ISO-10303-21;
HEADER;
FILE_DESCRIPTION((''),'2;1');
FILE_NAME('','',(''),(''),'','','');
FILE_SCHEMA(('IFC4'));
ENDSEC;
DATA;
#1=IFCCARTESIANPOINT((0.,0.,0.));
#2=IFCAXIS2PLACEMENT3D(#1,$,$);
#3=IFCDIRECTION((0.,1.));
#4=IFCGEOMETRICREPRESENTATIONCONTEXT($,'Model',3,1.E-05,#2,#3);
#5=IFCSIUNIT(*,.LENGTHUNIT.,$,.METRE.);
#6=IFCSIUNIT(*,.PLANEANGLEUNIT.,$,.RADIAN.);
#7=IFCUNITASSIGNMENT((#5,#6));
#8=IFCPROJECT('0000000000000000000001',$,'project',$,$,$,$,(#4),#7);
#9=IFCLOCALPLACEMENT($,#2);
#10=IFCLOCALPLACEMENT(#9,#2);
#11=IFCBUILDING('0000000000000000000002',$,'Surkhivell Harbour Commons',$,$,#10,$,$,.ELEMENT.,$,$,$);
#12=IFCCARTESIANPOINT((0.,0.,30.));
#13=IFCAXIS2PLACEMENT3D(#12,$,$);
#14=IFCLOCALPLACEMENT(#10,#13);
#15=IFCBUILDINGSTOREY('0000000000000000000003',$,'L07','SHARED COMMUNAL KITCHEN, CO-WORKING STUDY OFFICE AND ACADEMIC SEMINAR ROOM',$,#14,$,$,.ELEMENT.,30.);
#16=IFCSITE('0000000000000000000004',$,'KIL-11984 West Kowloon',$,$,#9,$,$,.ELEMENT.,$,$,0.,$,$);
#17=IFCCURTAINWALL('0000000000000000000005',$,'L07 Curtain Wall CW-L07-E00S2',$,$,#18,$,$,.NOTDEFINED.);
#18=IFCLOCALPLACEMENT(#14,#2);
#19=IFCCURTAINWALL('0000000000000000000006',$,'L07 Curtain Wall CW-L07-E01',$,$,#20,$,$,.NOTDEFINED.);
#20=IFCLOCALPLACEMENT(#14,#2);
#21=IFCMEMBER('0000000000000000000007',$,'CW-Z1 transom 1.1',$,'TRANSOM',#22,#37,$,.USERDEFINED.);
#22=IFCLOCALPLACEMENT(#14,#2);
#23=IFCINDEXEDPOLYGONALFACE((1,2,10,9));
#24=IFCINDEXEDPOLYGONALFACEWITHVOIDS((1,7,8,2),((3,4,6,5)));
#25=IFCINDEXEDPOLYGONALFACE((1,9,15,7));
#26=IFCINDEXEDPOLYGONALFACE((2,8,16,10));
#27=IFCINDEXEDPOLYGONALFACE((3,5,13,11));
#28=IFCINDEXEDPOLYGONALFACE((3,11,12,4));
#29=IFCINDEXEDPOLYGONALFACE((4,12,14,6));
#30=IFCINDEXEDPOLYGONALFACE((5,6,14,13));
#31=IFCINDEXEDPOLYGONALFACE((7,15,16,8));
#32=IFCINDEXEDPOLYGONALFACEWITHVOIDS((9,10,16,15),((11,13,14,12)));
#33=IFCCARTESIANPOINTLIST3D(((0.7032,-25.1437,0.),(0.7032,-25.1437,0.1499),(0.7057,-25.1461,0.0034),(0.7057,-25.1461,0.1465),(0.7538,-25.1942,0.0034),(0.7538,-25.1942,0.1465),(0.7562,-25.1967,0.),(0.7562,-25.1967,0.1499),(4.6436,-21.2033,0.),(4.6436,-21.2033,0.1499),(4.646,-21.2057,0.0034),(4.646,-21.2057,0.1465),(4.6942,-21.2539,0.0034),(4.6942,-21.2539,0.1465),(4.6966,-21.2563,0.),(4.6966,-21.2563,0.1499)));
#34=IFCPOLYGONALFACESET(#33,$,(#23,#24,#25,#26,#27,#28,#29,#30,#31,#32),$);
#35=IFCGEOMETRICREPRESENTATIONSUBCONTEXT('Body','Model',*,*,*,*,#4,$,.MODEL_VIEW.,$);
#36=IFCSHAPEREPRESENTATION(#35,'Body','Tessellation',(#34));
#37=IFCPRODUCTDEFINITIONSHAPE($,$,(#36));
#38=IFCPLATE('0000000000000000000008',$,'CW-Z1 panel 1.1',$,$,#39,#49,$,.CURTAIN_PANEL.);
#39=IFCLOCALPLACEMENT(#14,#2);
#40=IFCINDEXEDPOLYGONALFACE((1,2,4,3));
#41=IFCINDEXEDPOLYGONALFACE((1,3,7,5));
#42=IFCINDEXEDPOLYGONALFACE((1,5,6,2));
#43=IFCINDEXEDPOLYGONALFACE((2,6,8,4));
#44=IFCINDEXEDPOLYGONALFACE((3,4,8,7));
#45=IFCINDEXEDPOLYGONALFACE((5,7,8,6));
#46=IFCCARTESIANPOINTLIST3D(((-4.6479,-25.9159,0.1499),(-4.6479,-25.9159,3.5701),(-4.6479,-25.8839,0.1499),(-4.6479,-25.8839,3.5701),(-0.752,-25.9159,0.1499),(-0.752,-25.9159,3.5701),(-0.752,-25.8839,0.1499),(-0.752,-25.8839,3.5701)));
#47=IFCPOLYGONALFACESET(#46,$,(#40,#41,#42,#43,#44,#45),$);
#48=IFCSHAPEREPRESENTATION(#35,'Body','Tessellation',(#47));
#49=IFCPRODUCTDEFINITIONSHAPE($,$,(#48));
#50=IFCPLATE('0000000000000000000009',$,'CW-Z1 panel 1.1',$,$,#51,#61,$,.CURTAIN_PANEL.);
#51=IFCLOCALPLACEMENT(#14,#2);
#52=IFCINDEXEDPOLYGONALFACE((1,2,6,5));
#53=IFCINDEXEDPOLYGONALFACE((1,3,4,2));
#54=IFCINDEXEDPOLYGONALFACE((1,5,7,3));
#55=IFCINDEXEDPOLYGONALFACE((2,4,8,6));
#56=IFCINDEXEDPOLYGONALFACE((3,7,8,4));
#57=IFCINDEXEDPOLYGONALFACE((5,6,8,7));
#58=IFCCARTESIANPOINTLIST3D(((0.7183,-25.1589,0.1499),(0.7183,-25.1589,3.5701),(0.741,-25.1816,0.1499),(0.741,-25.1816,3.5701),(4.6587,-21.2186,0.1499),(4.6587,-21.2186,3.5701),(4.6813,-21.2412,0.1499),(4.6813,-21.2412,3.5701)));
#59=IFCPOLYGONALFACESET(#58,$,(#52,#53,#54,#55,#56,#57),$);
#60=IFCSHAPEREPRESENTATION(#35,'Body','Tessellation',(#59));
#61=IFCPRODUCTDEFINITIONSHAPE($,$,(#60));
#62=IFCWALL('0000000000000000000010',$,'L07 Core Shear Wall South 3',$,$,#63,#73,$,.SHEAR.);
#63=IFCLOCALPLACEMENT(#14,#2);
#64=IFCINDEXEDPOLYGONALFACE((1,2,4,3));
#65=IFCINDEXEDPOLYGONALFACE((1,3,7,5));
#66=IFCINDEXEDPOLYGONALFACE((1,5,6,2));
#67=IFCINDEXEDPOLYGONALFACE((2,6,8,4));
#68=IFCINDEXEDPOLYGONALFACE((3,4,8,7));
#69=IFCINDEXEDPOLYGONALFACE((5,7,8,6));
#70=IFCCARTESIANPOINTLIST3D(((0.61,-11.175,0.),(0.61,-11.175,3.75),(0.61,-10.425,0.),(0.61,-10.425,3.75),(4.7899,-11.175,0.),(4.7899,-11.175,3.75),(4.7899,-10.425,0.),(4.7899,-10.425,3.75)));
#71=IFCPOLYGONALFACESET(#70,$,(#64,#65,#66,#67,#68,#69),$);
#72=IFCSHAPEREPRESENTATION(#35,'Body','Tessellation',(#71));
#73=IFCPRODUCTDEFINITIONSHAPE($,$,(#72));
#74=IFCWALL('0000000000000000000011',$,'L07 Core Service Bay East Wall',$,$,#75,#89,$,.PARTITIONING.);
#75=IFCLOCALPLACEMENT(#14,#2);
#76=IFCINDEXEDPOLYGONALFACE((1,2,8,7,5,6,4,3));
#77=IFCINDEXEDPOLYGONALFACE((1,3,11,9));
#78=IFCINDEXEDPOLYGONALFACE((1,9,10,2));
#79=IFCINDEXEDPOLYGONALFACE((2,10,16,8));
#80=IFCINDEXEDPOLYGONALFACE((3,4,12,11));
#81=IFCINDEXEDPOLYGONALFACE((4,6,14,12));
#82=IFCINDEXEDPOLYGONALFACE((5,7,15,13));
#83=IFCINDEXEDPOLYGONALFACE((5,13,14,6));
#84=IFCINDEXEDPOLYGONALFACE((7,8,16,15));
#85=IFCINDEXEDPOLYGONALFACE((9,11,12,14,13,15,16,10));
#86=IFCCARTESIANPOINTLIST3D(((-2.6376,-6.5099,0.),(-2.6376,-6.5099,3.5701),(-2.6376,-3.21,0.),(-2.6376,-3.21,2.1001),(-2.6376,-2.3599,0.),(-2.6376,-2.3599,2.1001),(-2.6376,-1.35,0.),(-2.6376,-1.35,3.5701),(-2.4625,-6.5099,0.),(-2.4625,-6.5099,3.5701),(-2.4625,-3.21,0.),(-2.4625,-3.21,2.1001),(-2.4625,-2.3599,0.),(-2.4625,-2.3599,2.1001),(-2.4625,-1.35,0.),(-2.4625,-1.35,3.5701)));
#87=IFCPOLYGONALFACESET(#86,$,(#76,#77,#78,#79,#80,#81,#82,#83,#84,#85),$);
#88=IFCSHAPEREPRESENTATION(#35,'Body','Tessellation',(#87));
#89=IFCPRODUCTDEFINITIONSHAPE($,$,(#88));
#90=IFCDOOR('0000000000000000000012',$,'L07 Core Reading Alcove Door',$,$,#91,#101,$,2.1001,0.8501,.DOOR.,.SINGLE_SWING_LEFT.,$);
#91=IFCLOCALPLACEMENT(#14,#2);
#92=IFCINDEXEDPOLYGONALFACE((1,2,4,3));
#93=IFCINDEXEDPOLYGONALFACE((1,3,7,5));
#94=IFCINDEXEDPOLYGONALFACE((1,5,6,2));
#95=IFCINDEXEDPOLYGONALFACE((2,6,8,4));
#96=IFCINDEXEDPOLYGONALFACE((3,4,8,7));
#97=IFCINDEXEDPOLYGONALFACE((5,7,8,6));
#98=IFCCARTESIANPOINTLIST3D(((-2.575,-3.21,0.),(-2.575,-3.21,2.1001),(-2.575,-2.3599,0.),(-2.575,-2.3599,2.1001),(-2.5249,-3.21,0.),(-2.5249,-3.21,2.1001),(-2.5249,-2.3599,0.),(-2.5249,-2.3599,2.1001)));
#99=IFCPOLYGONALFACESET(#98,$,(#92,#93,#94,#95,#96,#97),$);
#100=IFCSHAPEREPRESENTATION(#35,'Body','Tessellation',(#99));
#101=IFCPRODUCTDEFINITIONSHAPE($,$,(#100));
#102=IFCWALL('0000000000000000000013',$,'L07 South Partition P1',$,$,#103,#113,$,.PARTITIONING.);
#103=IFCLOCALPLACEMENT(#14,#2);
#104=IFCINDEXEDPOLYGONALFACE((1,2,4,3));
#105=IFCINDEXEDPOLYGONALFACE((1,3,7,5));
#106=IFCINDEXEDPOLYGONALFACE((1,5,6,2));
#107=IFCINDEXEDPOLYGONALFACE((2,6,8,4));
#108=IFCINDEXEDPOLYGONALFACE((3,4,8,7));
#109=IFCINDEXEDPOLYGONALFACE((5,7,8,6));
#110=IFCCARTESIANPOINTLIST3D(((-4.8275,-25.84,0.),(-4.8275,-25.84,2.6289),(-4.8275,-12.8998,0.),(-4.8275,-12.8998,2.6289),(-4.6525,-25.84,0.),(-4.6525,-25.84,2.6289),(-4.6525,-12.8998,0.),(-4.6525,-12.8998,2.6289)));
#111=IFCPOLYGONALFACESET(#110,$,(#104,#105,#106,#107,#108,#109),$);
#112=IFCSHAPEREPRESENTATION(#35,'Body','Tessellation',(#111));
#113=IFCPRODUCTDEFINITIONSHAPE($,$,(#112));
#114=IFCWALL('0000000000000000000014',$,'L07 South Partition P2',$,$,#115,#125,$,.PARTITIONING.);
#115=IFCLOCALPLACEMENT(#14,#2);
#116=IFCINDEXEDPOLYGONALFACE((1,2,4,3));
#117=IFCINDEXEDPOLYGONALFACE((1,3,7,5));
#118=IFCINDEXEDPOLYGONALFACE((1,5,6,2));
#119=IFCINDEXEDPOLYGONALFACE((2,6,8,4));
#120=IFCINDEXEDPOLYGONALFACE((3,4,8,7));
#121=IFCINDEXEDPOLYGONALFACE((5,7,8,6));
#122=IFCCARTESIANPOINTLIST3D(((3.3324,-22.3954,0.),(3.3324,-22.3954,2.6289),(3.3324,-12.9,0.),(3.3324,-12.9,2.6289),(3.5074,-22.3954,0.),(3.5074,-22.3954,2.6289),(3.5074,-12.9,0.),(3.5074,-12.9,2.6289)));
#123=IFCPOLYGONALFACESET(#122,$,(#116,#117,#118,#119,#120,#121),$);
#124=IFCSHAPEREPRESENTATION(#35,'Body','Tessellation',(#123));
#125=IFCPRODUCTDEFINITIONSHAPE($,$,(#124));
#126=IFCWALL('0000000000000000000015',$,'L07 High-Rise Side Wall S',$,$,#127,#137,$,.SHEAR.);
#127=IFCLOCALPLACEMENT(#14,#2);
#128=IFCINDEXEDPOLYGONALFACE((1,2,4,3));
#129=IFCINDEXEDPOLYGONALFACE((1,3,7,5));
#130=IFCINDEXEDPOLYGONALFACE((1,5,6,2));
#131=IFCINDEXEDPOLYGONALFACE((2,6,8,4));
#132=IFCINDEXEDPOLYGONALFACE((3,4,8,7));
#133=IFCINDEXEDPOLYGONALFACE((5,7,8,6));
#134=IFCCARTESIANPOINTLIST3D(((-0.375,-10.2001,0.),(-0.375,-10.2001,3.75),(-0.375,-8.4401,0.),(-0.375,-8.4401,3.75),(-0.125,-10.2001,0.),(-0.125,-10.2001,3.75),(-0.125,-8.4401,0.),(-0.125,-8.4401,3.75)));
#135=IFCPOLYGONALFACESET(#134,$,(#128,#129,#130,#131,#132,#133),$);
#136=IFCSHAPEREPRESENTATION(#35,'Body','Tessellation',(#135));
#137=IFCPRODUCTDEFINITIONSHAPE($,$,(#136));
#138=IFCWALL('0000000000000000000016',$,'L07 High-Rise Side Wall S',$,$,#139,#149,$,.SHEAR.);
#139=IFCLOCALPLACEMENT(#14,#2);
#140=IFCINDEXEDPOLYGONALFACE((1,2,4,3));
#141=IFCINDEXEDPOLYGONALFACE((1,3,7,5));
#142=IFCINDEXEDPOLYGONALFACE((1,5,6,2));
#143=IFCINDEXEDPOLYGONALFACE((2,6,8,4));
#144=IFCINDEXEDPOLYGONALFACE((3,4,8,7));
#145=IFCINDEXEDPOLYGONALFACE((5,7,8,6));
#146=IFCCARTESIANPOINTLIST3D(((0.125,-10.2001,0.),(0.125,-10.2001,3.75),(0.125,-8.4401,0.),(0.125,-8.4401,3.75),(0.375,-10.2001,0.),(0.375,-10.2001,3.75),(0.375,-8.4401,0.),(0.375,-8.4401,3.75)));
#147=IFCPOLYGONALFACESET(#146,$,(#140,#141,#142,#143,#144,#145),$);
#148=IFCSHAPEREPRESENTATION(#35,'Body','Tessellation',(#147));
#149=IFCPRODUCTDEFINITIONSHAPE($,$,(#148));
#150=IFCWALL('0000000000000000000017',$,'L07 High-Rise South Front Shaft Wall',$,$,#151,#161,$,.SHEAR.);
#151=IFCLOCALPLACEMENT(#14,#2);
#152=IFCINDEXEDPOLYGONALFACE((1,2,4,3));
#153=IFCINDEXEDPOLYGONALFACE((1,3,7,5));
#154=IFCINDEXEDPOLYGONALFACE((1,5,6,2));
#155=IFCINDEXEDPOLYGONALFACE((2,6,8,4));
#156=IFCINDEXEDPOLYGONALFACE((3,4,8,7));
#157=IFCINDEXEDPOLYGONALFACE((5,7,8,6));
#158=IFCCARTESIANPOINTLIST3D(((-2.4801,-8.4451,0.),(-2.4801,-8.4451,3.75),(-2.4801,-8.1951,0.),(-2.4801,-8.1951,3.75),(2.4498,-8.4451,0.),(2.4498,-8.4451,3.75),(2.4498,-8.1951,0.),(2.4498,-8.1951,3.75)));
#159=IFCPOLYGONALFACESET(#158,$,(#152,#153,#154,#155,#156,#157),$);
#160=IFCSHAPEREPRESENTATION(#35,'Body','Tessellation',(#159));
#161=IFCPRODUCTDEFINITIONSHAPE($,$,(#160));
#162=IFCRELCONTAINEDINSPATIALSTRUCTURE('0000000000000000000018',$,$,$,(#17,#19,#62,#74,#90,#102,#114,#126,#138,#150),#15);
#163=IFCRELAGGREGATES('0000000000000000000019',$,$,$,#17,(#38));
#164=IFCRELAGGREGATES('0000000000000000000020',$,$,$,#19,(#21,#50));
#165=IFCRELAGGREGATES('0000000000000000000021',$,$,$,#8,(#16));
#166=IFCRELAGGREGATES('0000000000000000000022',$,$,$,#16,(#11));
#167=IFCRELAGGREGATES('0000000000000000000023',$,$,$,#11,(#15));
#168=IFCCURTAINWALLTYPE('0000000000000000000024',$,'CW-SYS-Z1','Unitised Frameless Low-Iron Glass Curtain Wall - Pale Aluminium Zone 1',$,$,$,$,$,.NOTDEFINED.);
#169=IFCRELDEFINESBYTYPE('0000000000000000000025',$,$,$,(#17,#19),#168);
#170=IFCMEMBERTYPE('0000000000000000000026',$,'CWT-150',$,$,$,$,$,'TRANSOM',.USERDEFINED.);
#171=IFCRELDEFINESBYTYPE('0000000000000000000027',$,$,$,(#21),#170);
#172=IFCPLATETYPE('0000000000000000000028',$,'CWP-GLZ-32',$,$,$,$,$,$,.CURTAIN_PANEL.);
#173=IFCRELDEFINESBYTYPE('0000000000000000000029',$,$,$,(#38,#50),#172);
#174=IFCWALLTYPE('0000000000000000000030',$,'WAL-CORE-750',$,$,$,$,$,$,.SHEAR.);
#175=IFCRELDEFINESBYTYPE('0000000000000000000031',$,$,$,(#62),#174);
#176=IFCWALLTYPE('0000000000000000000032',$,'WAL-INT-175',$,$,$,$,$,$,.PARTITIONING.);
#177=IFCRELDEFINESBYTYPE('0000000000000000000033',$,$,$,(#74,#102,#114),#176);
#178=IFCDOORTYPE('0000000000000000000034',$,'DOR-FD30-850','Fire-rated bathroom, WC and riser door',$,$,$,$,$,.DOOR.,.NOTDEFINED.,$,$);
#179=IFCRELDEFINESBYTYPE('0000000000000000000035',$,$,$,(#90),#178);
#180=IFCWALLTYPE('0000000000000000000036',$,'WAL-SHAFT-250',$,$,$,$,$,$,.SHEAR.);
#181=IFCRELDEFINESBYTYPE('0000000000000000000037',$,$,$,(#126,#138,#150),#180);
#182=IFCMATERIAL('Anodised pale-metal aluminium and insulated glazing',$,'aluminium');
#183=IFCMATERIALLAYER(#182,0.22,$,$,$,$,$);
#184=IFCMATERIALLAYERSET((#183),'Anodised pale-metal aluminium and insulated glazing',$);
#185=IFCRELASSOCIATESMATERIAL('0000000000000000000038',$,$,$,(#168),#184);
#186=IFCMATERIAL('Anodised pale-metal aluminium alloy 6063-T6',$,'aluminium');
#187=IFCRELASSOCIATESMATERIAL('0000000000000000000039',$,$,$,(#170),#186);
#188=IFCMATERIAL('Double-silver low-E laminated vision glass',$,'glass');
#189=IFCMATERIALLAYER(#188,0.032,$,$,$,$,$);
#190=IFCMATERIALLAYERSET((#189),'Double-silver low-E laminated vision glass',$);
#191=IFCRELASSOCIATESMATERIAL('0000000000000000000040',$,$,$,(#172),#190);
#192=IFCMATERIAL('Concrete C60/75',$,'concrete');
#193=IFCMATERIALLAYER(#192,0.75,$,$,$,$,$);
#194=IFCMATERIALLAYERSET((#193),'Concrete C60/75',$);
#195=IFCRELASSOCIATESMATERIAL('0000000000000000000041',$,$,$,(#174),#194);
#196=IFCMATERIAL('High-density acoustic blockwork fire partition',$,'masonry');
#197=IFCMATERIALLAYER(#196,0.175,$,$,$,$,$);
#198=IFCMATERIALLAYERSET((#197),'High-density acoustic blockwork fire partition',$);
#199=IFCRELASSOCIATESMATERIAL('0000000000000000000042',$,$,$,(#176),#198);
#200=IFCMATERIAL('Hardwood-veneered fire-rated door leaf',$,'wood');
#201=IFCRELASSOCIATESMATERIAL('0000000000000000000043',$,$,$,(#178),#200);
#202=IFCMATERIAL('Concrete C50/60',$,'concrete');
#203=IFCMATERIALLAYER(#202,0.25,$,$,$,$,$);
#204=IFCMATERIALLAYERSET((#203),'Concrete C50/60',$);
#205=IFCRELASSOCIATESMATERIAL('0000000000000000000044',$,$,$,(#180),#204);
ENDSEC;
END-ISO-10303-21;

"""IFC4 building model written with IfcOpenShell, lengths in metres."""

from ifc_helpers import new_model, si_unit, direction, frame, frame_2d, origin, origin_2d, place, context, subcontext, project, spatial, rectangle, hollow_rectangle, extrude, material, layer, layer_set, material_profile, profile_set, type_object, element, fill, aggregate, save


model = new_model("IFC4")

# Units and contexts
model_context = context("Model", 3, precision=1e-05, world=origin(), true_north=direction((0.0, 1.0)))
body_context = subcontext(model_context, "Body", "Model", "MODEL_VIEW")
ifc_project = project(units=[si_unit("LENGTHUNIT", "METRE"), si_unit("PLANEANGLEUNIT", "RADIAN")], contexts=[model_context])

# Site, building, storey
site_placement = place(None, origin())
site = spatial("IfcSite", under=ifc_project, at=site_placement, Name="KIL-11984 West Kowloon", CompositionType="ELEMENT", RefElevation=0.0)
building_placement = place(site_placement, origin())
building = spatial("IfcBuilding", under=site, at=building_placement, Name="Surkhivell Harbour Commons", CompositionType="ELEMENT")
storey_placement = place(building_placement, frame((0.0, 0.0, 30.0)))
storey = spatial("IfcBuildingStorey", under=building, at=storey_placement, Name="L07", Description="SHARED COMMUNAL KITCHEN, CO-WORKING STUDY OFFICE AND ACADEMIC SEMINAR ROOM", CompositionType="ELEMENT", Elevation=30.0)

# Curtain wall
ifc_material_1 = material(Name="Anodised pale-metal aluminium and insulated glazing", Category="aluminium")
ifc_layer_1 = layer(ifc_material_1, 0.22)
ifc_layer_set_1 = layer_set([ifc_layer_1], Name="Anodised pale-metal aluminium and insulated glazing")
curtain_wall_type = type_object("IfcCurtainWallType", Name="CW-SYS-Z1", Description="Unitised Frameless Low-Iron Glass Curtain Wall - Pale Aluminium Zone 1", PredefinedType="NOTDEFINED", material=ifc_layer_set_1)
curtain_wall_1_placement = place(storey_placement, origin())
curtain_wall_1 = element("IfcCurtainWall", 1, at=curtain_wall_1_placement, inside=storey, type_object=curtain_wall_type, Name="L07 Curtain Wall CW-L07-E00S2", PredefinedType="NOTDEFINED")
ifc_material_2 = material(Name="Anodised pale-metal aluminium alloy 6063-T6", Category="aluminium")

# Curtain wall
curtain_wall_2_placement = place(storey_placement, origin())
curtain_wall_2 = element("IfcCurtainWall", 2, at=curtain_wall_2_placement, inside=storey, type_object=curtain_wall_type, Name="L07 Curtain Wall CW-L07-E01", PredefinedType="NOTDEFINED")

# Member
ifc_material_profile_1 = material_profile(ifc_material_2, hollow_rectangle(XDim=0.075, YDim=0.1499, WallThickness=0.0034, at=origin_2d()), Name="ALU-TRAN-75x150")
ifc_profile_set_1 = profile_set([ifc_material_profile_1], Name="Anodised pale-metal aluminium alloy 6063-T6")
member_type_1 = type_object("IfcMemberType", Name="CWT-150", ElementType="TRANSOM", PredefinedType="USERDEFINED", material=ifc_profile_set_1)
member_1_placement = place(storey_placement, frame((0.7297, -25.1702, 0.075), z_axis=(0.707107, 0.707107, 0.0), x_axis=(-0.707107, 0.707107, 0.0)))
member_1 = element("IfcMember", 3, at=member_1_placement, type_object=member_type_1, Name="CW-Z1 transom 1.1", ObjectType="TRANSOM", PredefinedType="USERDEFINED", context=body_context, shape_type="SweptSolid", body=[
    extrude(hollow_rectangle(XDim=0.075, YDim=0.1499, WallThickness=0.0034, at=origin_2d()), origin(), (0.0, 0.0, 1.0), 5.5725),
])

# Plates
ifc_material_3 = material(Name="Double-silver low-E laminated vision glass", Category="glass")
ifc_layer_2 = layer(ifc_material_3, 0.032)
ifc_layer_set_2 = layer_set([ifc_layer_2], Name="Double-silver low-E laminated vision glass")
plate_type = type_object("IfcPlateType", Name="CWP-GLZ-32", PredefinedType="CURTAIN_PANEL", material=ifc_layer_set_2)
plate_1_placement = place(storey_placement, frame((-4.6479, -25.8999, 0.1499), z_axis=(0.0, 0.0, 1.0), x_axis=(1.0, 0.0, 0.0)))
plate_1 = element("IfcPlate", 4, at=plate_1_placement, type_object=plate_type, Name="CW-Z1 panel 1.1", PredefinedType="CURTAIN_PANEL", context=body_context, shape_type="SweptSolid", body=[
    extrude(rectangle(XDim=3.896, YDim=0.032, at=frame_2d((1.948, 0.0))), origin(), (0.0, 0.0, 1.0), 3.4202),
])
aggregate(curtain_wall_1, [plate_1])
plate_2_placement = place(storey_placement, frame((0.7297, -25.1702, 0.1499), z_axis=(0.0, 0.0, 1.0), x_axis=(0.707107, 0.707107, 0.0)))
plate_2 = element("IfcPlate", 5, at=plate_2_placement, type_object=plate_type, Name="CW-Z1 panel 1.1", PredefinedType="CURTAIN_PANEL", context=body_context, shape_type="SweptSolid", body=[
    extrude(rectangle(XDim=5.5725, YDim=0.032, at=frame_2d((2.7861, 0.0))), origin(), (0.0, 0.0, 1.0), 3.4202),
])
aggregate(curtain_wall_2, [member_1, plate_2])

# Wall
ifc_material_4 = material(Name="Concrete C60/75", Category="concrete")
ifc_layer_3 = layer(ifc_material_4, 0.75)
ifc_layer_set_3 = layer_set([ifc_layer_3], Name="Concrete C60/75")
wall_type_1 = type_object("IfcWallType", Name="WAL-CORE-750", PredefinedType="SHEAR", material=ifc_layer_set_3)
wall_1_placement = place(storey_placement, frame((0.6101, -10.8, 0.0), z_axis=(0.0, 0.0, 1.0), x_axis=(1.0, 0.0, 0.0)))
element("IfcWall", 6, at=wall_1_placement, inside=storey, type_object=wall_type_1, Name="L07 Core Shear Wall South 3", PredefinedType="SHEAR", context=body_context, shape_type="SweptSolid", body=[
    extrude(rectangle(XDim=4.1799, YDim=0.75, at=frame_2d((2.0898, 0.0))), origin(), (0.0, 0.0, 1.0), 3.75),
])

# Wall, opening, door
ifc_material_5 = material(Name="High-density acoustic blockwork fire partition", Category="masonry")
ifc_layer_4 = layer(ifc_material_5, 0.175)
ifc_layer_set_4 = layer_set([ifc_layer_4], Name="High-density acoustic blockwork fire partition")
wall_type_2 = type_object("IfcWallType", Name="WAL-INT-175", PredefinedType="PARTITIONING", material=ifc_layer_set_4)
wall_2_placement = place(storey_placement, frame((-2.55, -6.51, 0.0), z_axis=(0.0, 0.0, 1.0), x_axis=(0.0, 1.0, 0.0)))
wall_2 = element("IfcWall", 7, at=wall_2_placement, inside=storey, type_object=wall_type_2, Name="L07 Core Service Bay East Wall", PredefinedType="PARTITIONING", context=body_context, shape_type="SweptSolid", body=[
    extrude(rectangle(XDim=5.1599, YDim=0.175, at=frame_2d((2.5801, 0.0))), origin(), (0.0, 0.0, 1.0), 3.5701),
])
opening_1_placement = place(wall_2_placement, frame((3.3, 0.0, 0.0)))
opening_1 = element("IfcOpeningElement", 8, at=opening_1_placement, cuts=wall_2, PredefinedType="OPENING", context=body_context, shape_type="SweptSolid", body=[
    extrude(rectangle(XDim=0.8501, YDim=2.1001, at=frame_2d((0.425, 1.05))), frame((0.0, 0.0974, 0.0), z_axis=(0.0, -1.0, 0.0), x_axis=(1.0, 0.0, 0.0)), (0.0, 0.0, 1.0), 0.1951),
])
ifc_material_6 = material(Name="Hardwood-veneered fire-rated door leaf", Category="wood")
door_type_1 = type_object("IfcDoorType", Name="DOR-FD30-850", Description="Fire-rated bathroom, WC and riser door", OperationType="NOTDEFINED", PredefinedType="DOOR", material=ifc_material_6)
door_1_placement = place(opening_1_placement, origin())
door_1 = element("IfcDoor", 9, at=door_1_placement, inside=storey, type_object=door_type_1, Name="L07 Core Reading Alcove Door", OperationType="SINGLE_SWING_LEFT", OverallHeight=2.1001, OverallWidth=0.8501, PredefinedType="DOOR", context=body_context, shape_type="SweptSolid", body=[
    extrude(rectangle(XDim=0.8501, YDim=2.1001, at=frame_2d((0.425, 1.05))), frame((0.0, 0.0249, 0.0), z_axis=(0.0, -1.0, 0.0), x_axis=(1.0, 0.0, 0.0)), (0.0, 0.0, 1.0), 0.05),
])
fill(opening_1, door_1)

# Walls
wall_3_placement = place(storey_placement, frame((-4.74, -25.8401, 0.0), z_axis=(0.0, 0.0, 1.0), x_axis=(0.0, 1.0, 0.0)))
element("IfcWall", 10, at=wall_3_placement, inside=storey, type_object=wall_type_2, Name="L07 South Partition P1", PredefinedType="PARTITIONING", context=body_context, shape_type="SweptSolid", body=[
    extrude(rectangle(XDim=12.9402, YDim=0.175, at=frame_2d((6.4702, 0.0))), origin(), (0.0, 0.0, 1.0), 2.6289),
])
wall_4_placement = place(storey_placement, frame((3.4199, -22.3953, 0.0), z_axis=(0.0, 0.0, 1.0), x_axis=(0.0, 1.0, 0.0)))
element("IfcWall", 11, at=wall_4_placement, inside=storey, type_object=wall_type_2, Name="L07 South Partition P2", PredefinedType="PARTITIONING", context=body_context, shape_type="SweptSolid", body=[
    extrude(rectangle(XDim=9.4954, YDim=0.175, at=frame_2d((4.7476, 0.0))), origin(), (0.0, 0.0, 1.0), 2.6289),
])
ifc_material_7 = material(Name="Concrete C50/60", Category="concrete")
ifc_layer_5 = layer(ifc_material_7, 0.25)
ifc_layer_set_5 = layer_set([ifc_layer_5], Name="Concrete C50/60")
wall_type_3 = type_object("IfcWallType", Name="WAL-SHAFT-250", PredefinedType="SHEAR", material=ifc_layer_set_5)
for number, where, z_axis, x_axis, name in (
    (12, (-0.25, -10.2, 0.0), (0.0, 0.0, 1.0), (0.0, 1.0, 0.0), "L07 High-Rise Side Wall S"),
    (13, (0.25, -10.2, 0.0), (0.0, 0.0, 1.0), (0.0, 1.0, 0.0), "L07 High-Rise Side Wall S"),
):
    element("IfcWall", number, at=place(storey_placement, frame(where, z_axis=z_axis, x_axis=x_axis)), inside=storey, type_object=wall_type_3, Name=name, PredefinedType="SHEAR", context=body_context, shape_type="SweptSolid", body=[
        extrude(rectangle(XDim=1.76, YDim=0.25, at=frame_2d((0.8799, 0.0))), origin(), (0.0, 0.0, 1.0), 3.75),
    ])
wall_5_placement = place(storey_placement, frame((-2.48, -8.3201, 0.0), z_axis=(0.0, 0.0, 1.0), x_axis=(1.0, 0.0, 0.0)))
element("IfcWall", 14, at=wall_5_placement, inside=storey, type_object=wall_type_3, Name="L07 High-Rise South Front Shaft Wall", PredefinedType="SHEAR", context=body_context, shape_type="SweptSolid", body=[
    extrude(rectangle(XDim=4.9299, YDim=0.25, at=frame_2d((2.4648, 0.0))), origin(), (0.0, 0.0, 1.0), 3.75),
])

save(model, "model.ifc")
